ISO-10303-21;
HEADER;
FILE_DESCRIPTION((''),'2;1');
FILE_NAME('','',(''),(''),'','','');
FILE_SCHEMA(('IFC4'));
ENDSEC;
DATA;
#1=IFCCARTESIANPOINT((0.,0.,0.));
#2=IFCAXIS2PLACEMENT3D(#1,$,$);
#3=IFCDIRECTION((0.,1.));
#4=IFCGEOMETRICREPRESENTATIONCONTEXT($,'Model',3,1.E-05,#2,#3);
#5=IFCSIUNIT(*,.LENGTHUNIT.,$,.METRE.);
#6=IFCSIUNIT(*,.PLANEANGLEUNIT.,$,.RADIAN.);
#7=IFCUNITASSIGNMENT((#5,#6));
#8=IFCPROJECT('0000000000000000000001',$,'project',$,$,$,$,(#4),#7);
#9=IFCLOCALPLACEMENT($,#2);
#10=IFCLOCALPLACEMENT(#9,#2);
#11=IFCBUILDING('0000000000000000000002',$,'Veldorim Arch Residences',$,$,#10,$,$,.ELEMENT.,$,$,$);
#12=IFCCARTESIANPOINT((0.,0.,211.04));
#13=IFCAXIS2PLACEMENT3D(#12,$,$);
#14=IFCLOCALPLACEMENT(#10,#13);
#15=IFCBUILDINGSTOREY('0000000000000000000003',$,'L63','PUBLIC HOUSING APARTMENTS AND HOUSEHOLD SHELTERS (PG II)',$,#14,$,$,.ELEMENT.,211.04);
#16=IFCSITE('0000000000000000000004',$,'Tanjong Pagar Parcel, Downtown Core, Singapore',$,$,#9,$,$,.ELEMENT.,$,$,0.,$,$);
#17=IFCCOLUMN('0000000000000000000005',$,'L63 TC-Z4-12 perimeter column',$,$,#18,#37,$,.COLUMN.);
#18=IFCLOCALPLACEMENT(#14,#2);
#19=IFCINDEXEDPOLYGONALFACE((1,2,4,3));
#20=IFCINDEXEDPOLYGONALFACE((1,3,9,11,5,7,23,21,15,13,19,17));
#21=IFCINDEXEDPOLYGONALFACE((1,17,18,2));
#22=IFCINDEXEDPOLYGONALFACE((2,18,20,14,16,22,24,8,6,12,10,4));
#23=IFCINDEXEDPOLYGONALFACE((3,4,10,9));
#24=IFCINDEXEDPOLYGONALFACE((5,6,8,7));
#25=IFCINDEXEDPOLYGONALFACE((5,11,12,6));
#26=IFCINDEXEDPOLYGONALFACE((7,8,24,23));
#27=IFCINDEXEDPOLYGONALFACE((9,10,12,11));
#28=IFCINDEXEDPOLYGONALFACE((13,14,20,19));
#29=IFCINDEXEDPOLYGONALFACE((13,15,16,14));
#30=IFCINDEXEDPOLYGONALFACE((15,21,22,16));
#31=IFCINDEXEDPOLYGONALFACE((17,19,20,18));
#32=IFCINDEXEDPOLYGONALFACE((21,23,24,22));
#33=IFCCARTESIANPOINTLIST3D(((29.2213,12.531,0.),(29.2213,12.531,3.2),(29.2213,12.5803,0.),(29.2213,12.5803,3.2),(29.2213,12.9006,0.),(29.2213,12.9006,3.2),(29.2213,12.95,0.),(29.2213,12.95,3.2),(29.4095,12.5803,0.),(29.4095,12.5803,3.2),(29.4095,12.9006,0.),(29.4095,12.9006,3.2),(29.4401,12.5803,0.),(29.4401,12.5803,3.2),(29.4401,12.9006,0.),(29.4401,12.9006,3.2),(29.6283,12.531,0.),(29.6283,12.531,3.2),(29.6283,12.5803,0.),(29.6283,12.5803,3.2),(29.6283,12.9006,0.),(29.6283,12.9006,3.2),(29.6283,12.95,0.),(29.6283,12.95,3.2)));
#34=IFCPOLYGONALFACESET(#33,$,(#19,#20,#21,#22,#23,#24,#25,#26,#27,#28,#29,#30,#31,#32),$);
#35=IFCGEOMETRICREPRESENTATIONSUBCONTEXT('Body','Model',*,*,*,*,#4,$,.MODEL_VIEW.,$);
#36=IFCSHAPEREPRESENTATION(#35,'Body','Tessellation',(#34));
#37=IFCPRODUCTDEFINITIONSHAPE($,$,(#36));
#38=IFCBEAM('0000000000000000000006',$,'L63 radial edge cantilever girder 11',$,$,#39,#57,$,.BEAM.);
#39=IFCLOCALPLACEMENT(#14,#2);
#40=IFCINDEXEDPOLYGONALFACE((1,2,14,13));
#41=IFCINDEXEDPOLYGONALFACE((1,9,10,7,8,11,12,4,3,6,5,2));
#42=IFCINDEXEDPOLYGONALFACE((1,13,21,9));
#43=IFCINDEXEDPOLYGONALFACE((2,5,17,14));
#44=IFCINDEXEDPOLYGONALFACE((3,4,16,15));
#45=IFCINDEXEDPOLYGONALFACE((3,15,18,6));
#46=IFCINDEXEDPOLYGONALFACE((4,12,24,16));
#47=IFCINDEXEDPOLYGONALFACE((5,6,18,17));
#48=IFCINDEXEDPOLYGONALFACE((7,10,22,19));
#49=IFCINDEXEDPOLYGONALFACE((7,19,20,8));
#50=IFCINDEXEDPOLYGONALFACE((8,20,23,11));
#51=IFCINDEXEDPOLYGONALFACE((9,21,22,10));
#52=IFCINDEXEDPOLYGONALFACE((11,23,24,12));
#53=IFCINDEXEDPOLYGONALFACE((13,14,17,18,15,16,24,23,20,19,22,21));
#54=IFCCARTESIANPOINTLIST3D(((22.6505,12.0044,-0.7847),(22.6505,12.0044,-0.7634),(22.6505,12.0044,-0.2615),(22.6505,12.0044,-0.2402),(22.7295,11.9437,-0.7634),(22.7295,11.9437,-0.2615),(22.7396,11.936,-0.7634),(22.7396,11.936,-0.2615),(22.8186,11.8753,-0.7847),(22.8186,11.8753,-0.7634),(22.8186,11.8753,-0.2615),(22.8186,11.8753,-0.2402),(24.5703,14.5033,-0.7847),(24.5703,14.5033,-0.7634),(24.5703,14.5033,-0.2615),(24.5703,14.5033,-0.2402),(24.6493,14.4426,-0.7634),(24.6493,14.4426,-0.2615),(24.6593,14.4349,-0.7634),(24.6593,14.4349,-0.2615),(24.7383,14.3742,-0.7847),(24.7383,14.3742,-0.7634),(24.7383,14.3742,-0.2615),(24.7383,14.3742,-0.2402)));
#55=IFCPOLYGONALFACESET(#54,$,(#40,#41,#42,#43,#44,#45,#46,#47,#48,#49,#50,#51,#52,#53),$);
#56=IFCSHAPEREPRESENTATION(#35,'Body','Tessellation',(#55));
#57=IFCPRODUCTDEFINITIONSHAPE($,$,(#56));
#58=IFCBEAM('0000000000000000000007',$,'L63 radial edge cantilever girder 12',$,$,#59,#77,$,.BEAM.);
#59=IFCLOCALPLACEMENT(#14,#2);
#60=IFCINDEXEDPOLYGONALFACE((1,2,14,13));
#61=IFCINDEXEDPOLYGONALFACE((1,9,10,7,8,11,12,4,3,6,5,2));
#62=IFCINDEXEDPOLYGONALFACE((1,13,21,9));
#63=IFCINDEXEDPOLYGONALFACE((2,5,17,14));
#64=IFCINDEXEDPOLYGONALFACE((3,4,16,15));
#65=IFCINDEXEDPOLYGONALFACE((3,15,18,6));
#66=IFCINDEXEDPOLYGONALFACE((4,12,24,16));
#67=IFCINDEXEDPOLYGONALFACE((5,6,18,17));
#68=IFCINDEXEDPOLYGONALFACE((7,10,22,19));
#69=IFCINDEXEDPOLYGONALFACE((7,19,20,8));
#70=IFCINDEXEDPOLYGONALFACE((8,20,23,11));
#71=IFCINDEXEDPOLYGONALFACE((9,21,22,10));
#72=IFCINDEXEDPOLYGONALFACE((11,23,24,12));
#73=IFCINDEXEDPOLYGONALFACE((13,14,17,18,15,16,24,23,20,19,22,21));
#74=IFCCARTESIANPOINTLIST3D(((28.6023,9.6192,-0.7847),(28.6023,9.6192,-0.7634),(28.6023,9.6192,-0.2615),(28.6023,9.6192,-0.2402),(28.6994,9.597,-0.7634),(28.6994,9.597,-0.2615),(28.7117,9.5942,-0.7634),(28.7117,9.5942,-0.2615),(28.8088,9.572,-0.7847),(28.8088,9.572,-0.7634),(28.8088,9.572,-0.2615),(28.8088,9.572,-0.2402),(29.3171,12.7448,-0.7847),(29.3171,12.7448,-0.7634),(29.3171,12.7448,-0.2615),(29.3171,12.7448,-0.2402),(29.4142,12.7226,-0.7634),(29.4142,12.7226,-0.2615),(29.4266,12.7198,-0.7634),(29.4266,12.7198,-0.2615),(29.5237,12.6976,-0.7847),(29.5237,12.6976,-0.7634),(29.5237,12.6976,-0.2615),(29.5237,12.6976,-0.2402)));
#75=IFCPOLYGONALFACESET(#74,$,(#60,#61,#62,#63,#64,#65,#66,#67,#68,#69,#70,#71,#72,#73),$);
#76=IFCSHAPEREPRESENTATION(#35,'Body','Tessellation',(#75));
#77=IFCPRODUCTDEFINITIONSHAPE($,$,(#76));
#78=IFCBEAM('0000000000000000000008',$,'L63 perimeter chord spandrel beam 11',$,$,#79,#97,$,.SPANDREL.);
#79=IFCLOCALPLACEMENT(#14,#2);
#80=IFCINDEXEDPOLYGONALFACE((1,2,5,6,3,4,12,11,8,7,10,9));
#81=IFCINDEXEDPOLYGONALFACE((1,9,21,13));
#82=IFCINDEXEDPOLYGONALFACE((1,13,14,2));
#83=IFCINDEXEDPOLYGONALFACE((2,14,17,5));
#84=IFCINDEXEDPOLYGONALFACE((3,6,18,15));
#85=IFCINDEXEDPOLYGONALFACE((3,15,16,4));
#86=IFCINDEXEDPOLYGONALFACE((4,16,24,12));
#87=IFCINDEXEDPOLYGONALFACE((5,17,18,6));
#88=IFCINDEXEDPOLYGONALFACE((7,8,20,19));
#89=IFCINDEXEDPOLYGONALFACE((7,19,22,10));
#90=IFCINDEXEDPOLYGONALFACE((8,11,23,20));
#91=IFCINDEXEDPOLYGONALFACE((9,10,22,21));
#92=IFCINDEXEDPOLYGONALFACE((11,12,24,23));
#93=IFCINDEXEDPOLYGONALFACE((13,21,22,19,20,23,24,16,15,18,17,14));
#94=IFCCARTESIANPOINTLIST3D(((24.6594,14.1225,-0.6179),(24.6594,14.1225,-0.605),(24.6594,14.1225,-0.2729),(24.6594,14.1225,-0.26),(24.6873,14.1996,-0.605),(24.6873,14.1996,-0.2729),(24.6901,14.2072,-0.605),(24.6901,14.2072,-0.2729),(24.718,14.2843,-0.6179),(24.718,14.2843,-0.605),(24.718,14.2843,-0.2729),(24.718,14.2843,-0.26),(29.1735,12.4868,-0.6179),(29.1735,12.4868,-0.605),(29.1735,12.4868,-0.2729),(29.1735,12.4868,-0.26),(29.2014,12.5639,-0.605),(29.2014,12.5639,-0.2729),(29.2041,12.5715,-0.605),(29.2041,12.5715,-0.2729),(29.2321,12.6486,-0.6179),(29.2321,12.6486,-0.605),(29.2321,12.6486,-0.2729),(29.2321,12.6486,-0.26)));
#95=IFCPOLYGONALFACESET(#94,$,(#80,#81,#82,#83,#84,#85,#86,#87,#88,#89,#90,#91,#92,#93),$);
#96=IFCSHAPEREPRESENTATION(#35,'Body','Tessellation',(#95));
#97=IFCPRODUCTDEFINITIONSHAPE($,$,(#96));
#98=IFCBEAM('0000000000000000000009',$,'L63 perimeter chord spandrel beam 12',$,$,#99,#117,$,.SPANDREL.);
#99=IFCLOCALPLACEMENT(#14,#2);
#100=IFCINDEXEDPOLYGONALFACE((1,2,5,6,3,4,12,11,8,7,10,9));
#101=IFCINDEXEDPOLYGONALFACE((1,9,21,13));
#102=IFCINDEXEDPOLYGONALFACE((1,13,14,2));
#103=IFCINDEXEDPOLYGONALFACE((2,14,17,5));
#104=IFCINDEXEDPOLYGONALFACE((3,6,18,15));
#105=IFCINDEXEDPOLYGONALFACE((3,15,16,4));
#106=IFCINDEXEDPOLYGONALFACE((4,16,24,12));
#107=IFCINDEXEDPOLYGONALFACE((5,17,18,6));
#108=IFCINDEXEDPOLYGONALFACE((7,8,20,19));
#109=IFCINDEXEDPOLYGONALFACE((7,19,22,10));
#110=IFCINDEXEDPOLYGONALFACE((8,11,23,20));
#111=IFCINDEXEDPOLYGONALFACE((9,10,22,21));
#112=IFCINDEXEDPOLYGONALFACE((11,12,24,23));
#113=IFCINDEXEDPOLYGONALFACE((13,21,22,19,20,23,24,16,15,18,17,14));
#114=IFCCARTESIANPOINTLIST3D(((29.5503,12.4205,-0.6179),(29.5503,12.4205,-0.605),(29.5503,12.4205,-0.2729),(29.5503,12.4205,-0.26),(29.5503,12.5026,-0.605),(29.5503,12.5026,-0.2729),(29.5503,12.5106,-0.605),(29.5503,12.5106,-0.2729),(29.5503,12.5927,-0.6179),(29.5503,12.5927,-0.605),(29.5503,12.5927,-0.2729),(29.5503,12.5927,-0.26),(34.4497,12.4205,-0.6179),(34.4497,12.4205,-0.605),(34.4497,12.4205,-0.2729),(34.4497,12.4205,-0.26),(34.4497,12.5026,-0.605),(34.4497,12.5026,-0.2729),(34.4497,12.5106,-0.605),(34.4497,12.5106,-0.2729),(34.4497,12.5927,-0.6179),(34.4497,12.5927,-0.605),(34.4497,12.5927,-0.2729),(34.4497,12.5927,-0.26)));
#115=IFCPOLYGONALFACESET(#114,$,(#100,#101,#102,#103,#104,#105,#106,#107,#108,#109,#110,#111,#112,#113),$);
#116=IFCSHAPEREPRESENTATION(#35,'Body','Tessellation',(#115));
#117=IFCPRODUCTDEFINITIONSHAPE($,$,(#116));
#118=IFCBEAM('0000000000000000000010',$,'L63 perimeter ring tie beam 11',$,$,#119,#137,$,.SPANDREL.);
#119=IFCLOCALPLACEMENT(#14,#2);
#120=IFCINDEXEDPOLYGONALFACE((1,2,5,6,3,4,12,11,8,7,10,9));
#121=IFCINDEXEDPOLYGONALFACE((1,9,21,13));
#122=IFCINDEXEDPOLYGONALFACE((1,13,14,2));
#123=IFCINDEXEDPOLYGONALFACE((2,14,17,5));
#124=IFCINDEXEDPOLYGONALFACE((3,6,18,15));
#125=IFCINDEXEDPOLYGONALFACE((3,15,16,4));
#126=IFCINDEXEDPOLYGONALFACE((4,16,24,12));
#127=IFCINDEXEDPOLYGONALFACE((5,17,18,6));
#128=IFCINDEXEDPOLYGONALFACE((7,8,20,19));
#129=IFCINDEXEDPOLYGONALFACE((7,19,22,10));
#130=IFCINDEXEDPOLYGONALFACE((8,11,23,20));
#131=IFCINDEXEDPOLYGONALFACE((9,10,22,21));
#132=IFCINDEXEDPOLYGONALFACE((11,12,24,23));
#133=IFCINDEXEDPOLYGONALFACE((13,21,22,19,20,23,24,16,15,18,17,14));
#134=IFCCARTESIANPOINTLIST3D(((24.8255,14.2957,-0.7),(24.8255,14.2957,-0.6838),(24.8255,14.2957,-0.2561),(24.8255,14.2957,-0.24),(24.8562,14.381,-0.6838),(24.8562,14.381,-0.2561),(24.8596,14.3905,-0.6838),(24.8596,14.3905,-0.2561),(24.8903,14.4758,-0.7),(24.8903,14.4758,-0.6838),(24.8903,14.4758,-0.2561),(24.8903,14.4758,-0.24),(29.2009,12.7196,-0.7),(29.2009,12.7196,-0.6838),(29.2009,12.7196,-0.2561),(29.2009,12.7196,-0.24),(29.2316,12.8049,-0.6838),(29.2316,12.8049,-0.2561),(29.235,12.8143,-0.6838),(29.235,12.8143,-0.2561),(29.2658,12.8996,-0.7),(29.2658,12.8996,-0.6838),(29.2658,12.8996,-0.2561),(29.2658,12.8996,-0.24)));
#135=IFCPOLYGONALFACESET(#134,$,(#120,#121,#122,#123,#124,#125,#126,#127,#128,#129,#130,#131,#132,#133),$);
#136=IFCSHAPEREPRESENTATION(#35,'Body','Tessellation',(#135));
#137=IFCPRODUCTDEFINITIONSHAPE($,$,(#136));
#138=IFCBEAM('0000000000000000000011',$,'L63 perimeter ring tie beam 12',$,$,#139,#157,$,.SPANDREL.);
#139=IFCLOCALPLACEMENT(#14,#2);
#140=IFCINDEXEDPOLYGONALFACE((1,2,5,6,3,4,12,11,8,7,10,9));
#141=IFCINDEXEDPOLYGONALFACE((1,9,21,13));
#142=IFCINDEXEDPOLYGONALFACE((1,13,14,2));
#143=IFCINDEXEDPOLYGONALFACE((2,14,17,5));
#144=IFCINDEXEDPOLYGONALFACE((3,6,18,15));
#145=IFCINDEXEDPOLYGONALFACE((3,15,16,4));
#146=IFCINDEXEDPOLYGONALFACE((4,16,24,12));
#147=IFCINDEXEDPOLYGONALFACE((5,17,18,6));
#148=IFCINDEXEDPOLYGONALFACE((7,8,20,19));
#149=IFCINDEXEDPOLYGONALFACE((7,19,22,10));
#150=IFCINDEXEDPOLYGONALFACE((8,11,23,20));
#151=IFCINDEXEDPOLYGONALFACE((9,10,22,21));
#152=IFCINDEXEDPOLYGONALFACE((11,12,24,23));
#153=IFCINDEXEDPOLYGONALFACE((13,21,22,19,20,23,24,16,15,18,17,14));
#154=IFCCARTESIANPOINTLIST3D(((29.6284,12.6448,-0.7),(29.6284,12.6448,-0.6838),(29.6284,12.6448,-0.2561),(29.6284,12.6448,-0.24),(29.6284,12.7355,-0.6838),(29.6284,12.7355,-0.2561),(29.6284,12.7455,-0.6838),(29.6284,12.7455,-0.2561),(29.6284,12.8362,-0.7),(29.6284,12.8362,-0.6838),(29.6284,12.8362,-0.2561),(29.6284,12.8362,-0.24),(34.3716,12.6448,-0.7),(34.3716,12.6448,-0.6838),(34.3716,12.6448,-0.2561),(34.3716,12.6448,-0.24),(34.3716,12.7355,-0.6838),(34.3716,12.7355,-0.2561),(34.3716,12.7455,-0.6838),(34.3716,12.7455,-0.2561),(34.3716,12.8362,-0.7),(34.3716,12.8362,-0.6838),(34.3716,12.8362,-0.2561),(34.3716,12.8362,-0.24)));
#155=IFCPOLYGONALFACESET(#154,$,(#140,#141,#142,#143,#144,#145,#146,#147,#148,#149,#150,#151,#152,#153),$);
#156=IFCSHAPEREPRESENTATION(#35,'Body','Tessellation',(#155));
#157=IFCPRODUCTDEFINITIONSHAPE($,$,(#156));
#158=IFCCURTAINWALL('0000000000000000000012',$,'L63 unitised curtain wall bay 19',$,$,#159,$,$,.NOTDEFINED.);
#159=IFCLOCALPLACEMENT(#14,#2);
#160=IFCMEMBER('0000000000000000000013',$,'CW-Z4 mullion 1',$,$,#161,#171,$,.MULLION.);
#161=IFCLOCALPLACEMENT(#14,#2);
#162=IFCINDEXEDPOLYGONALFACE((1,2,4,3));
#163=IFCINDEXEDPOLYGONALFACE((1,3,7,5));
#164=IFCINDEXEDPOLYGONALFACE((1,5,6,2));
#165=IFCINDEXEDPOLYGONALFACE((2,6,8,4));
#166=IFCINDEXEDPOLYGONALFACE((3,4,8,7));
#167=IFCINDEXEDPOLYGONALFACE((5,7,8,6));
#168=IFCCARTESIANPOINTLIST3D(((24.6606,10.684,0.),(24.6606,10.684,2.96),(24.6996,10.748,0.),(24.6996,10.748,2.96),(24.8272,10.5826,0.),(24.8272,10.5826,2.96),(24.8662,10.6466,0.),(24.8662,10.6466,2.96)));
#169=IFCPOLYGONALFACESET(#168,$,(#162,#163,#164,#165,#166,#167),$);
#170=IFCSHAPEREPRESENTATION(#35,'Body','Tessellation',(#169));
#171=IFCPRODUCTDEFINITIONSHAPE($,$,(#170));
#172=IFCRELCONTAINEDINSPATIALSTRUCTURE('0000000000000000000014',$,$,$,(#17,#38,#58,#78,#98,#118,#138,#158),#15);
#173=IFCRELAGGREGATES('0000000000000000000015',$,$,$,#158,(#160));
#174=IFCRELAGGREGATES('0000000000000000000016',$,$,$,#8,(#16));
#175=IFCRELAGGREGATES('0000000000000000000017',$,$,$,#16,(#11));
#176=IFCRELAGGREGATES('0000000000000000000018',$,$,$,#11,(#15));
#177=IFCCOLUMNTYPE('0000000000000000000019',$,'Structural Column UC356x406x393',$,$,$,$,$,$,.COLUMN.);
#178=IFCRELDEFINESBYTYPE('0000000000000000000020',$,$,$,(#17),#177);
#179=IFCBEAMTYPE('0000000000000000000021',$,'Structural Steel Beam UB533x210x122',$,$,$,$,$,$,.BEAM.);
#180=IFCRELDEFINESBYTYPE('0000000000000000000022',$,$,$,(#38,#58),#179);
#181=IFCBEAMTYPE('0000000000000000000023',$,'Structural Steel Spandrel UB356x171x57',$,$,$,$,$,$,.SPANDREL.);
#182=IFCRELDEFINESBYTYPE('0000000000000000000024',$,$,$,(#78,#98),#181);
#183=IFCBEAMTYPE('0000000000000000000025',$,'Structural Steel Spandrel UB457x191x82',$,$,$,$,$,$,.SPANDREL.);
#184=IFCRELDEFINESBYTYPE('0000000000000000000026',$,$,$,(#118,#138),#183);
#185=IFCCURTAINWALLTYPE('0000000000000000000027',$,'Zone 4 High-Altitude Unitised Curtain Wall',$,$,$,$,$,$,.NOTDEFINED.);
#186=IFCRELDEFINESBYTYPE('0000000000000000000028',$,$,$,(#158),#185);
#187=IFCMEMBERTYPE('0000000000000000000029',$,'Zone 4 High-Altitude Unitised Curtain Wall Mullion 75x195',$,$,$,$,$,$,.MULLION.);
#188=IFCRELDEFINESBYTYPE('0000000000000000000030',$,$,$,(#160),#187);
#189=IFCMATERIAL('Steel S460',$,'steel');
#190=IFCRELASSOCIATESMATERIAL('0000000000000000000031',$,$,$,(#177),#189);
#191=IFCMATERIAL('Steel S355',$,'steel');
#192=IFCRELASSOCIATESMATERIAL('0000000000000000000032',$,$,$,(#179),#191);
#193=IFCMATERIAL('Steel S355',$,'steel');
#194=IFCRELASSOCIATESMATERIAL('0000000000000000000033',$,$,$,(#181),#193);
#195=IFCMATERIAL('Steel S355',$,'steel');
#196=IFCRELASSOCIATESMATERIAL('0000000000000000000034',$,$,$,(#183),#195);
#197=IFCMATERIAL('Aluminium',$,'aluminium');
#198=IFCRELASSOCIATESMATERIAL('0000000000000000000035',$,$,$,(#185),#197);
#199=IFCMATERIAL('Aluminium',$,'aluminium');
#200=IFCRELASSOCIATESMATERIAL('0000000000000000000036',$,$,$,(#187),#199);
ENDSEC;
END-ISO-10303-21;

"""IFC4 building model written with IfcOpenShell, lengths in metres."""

from ifc_helpers import new_model, si_unit, direction, frame, origin, origin_2d, place, context, subcontext, project, spatial, rectangle, i_section, extrude, material, material_profile, profile_set, type_object, element, aggregate, save


model = new_model("IFC4")

# Units and contexts
model_context = context("Model", 3, precision=1e-05, world=origin(), true_north=direction((0.0, 1.0)))
body_context = subcontext(model_context, "Body", "Model", "MODEL_VIEW")
ifc_project = project(units=[si_unit("LENGTHUNIT", "METRE"), si_unit("PLANEANGLEUNIT", "RADIAN")], contexts=[model_context])

# Site, building, storey
site_placement = place(None, origin())
site = spatial("IfcSite", under=ifc_project, at=site_placement, Name="Tanjong Pagar Parcel, Downtown Core, Singapore", CompositionType="ELEMENT", RefElevation=0.0)
building_placement = place(site_placement, origin())
building = spatial("IfcBuilding", under=site, at=building_placement, Name="Veldorim Arch Residences", CompositionType="ELEMENT")
storey_placement = place(building_placement, frame((0.0, 0.0, 211.04)))
storey = spatial("IfcBuildingStorey", under=building, at=storey_placement, Name="L63", Description="PUBLIC HOUSING APARTMENTS AND HOUSEHOLD SHELTERS (PG II)", CompositionType="ELEMENT", Elevation=211.04)

# Column
ifc_material_1 = material(Name="Steel S460", Category="steel")
ifc_material_profile_1 = material_profile(ifc_material_1, i_section(OverallWidth=0.407, OverallDepth=0.4189, WebThickness=0.0305, FlangeThickness=0.0493, at=origin_2d()), Name="UC356x406x393")
ifc_profile_set_1 = profile_set([ifc_material_profile_1], Name="Steel S460")
column_type = type_object("IfcColumnType", Name="Structural Column UC356x406x393", PredefinedType="COLUMN", material=ifc_profile_set_1)
column_placement = place(storey_placement, frame((29.4248, 12.7405, 0.0), z_axis=(0.0, 0.0, 1.0), x_axis=(1.0, 0.0, 0.0)))
element("IfcColumn", 1, at=column_placement, inside=storey, type_object=column_type, Name="L63 TC-Z4-12 perimeter column", PredefinedType="COLUMN", context=body_context, shape_type="SweptSolid", body=[
    extrude(i_section(OverallWidth=0.407, OverallDepth=0.4189, WebThickness=0.0305, FlangeThickness=0.0493, at=origin_2d()), origin(), (0.0, 0.0, 1.0), 3.2),
])

# Beams
ifc_material_2 = material(Name="Steel S355", Category="steel")
ifc_material_profile_2 = material_profile(ifc_material_2, i_section(OverallWidth=0.2119, OverallDepth=0.5444, WebThickness=0.0127, FlangeThickness=0.0212, at=origin_2d()), Name="UB533x210x122")
ifc_profile_set_2 = profile_set([ifc_material_profile_2], Name="Steel S355")
beam_type_1 = type_object("IfcBeamType", Name="Structural Steel Beam UB533x210x122", PredefinedType="BEAM", material=ifc_profile_set_2)
beam_1_placement = place(storey_placement, frame((24.6543, 14.4387, -0.5125), z_axis=(-0.60922, -0.793001, 0.0), x_axis=(0.793001, -0.60922, 0.0)))
element("IfcBeam", 2, at=beam_1_placement, inside=storey, type_object=beam_type_1, Name="L63 radial edge cantilever girder 11", PredefinedType="BEAM", context=body_context, shape_type="SweptSolid", body=[
    extrude(i_section(OverallWidth=0.2119, OverallDepth=0.5444, WebThickness=0.0127, FlangeThickness=0.0212, at=origin_2d()), origin(), (0.0, 0.0, 1.0), 3.1511),
])
beam_2_placement = place(storey_placement, frame((29.4204, 12.7212, -0.5125), z_axis=(-0.222957, -0.974828, 0.0), x_axis=(0.974828, -0.222957, 0.0)))
element("IfcBeam", 3, at=beam_2_placement, inside=storey, type_object=beam_type_1, Name="L63 radial edge cantilever girder 12", PredefinedType="BEAM", context=body_context, shape_type="SweptSolid", body=[
    extrude(i_section(OverallWidth=0.2119, OverallDepth=0.5444, WebThickness=0.0127, FlangeThickness=0.0212, at=origin_2d()), origin(), (0.0, 0.0, 1.0), 3.2063),
])
ifc_material_3 = material(Name="Steel S355", Category="steel")
ifc_material_profile_3 = material_profile(ifc_material_3, i_section(OverallWidth=0.1721, OverallDepth=0.3579, WebThickness=0.0081, FlangeThickness=0.0129, at=origin_2d()), Name="UB356x171x57")
ifc_profile_set_3 = profile_set([ifc_material_profile_3], Name="Steel S355")
beam_type_2 = type_object("IfcBeamType", Name="Structural Steel Spandrel UB356x171x57", PredefinedType="SPANDREL", material=ifc_profile_set_3)
beam_3_placement = place(storey_placement, frame((24.6887, 14.2034, -0.439), z_axis=(0.940179, -0.340681, 0.0), x_axis=(0.340681, 0.940179, 0.0)))
element("IfcBeam", 4, at=beam_3_placement, inside=storey, type_object=beam_type_2, Name="L63 perimeter chord spandrel beam 11", PredefinedType="SPANDREL", context=body_context, shape_type="SweptSolid", body=[
    extrude(i_section(OverallWidth=0.1721, OverallDepth=0.3579, WebThickness=0.0081, FlangeThickness=0.0129, at=origin_2d()), origin(), (0.0, 0.0, 1.0), 4.8013),
])
beam_4_placement = place(storey_placement, frame((29.5503, 12.5066, -0.439), z_axis=(1.0, 0.0, 0.0), x_axis=(0.0, 1.0, 0.0)))
element("IfcBeam", 5, at=beam_4_placement, inside=storey, type_object=beam_type_2, Name="L63 perimeter chord spandrel beam 12", PredefinedType="SPANDREL", context=body_context, shape_type="SweptSolid", body=[
    extrude(i_section(OverallWidth=0.1721, OverallDepth=0.3579, WebThickness=0.0081, FlangeThickness=0.0129, at=origin_2d()), origin(), (0.0, 0.0, 1.0), 4.8994),
])
ifc_material_4 = material(Name="Steel S355", Category="steel")
ifc_material_profile_4 = material_profile(ifc_material_4, i_section(OverallWidth=0.1914, OverallDepth=0.46, WebThickness=0.01, FlangeThickness=0.0161, at=origin_2d()), Name="UB457x191x82")
ifc_profile_set_4 = profile_set([ifc_material_profile_4], Name="Steel S355")
beam_type_3 = type_object("IfcBeamType", Name="Structural Steel Spandrel UB457x191x82", PredefinedType="SPANDREL", material=ifc_profile_set_4)
beam_5_placement = place(storey_placement, frame((24.8579, 14.3857, -0.47), z_axis=(0.940819, -0.338909, 0.0), x_axis=(0.338909, 0.940819, 0.0)))
element("IfcBeam", 6, at=beam_5_placement, inside=storey, type_object=beam_type_3, Name="L63 perimeter ring tie beam 11", PredefinedType="SPANDREL", context=body_context, shape_type="SweptSolid", body=[
    extrude(i_section(OverallWidth=0.1914, OverallDepth=0.46, WebThickness=0.01, FlangeThickness=0.0161, at=origin_2d()), origin(), (0.0, 0.0, 1.0), 4.6506),
])
beam_6_placement = place(storey_placement, frame((29.6284, 12.7405, -0.47), z_axis=(1.0, 0.0, 0.0), x_axis=(0.0, 1.0, 0.0)))
element("IfcBeam", 7, at=beam_6_placement, inside=storey, type_object=beam_type_3, Name="L63 perimeter ring tie beam 12", PredefinedType="SPANDREL", context=body_context, shape_type="SweptSolid", body=[
    extrude(i_section(OverallWidth=0.1914, OverallDepth=0.46, WebThickness=0.01, FlangeThickness=0.0161, at=origin_2d()), origin(), (0.0, 0.0, 1.0), 4.7432),
])

# Curtain wall, member
ifc_material_5 = material(Name="Aluminium", Category="aluminium")
curtain_wall_type = type_object("IfcCurtainWallType", Name="Zone 4 High-Altitude Unitised Curtain Wall", PredefinedType="NOTDEFINED", material=ifc_material_5)
curtain_wall_placement = place(storey_placement, origin())
curtain_wall = element("IfcCurtainWall", 8, at=curtain_wall_placement, inside=storey, type_object=curtain_wall_type, Name="L63 unitised curtain wall bay 19", PredefinedType="NOTDEFINED")
ifc_material_6 = material(Name="Aluminium", Category="aluminium")
ifc_material_profile_5 = material_profile(ifc_material_6, rectangle(XDim=0.075, YDim=0.1951, at=origin_2d()), Name="ALU_MUL_75x195")
ifc_profile_set_5 = profile_set([ifc_material_profile_5], Name="Aluminium")
member_type_1 = type_object("IfcMemberType", Name="Zone 4 High-Altitude Unitised Curtain Wall Mullion 75x195", PredefinedType="MULLION", material=ifc_profile_set_5)
member_1_placement = place(storey_placement, frame((24.7634, 10.6653, 0.0), z_axis=(0.0, 0.0, 1.0), x_axis=(-0.520033, -0.854146, 0.0)))
member_1 = element("IfcMember", 9, at=member_1_placement, type_object=member_type_1, Name="CW-Z4 mullion 1", PredefinedType="MULLION", context=body_context, shape_type="SweptSolid", body=[
    extrude(rectangle(XDim=0.075, YDim=0.1951, at=origin_2d()), origin(), (0.0, 0.0, 1.0), 2.96),
])
aggregate(curtain_wall, [member_1])

save(model, "model.ifc")
